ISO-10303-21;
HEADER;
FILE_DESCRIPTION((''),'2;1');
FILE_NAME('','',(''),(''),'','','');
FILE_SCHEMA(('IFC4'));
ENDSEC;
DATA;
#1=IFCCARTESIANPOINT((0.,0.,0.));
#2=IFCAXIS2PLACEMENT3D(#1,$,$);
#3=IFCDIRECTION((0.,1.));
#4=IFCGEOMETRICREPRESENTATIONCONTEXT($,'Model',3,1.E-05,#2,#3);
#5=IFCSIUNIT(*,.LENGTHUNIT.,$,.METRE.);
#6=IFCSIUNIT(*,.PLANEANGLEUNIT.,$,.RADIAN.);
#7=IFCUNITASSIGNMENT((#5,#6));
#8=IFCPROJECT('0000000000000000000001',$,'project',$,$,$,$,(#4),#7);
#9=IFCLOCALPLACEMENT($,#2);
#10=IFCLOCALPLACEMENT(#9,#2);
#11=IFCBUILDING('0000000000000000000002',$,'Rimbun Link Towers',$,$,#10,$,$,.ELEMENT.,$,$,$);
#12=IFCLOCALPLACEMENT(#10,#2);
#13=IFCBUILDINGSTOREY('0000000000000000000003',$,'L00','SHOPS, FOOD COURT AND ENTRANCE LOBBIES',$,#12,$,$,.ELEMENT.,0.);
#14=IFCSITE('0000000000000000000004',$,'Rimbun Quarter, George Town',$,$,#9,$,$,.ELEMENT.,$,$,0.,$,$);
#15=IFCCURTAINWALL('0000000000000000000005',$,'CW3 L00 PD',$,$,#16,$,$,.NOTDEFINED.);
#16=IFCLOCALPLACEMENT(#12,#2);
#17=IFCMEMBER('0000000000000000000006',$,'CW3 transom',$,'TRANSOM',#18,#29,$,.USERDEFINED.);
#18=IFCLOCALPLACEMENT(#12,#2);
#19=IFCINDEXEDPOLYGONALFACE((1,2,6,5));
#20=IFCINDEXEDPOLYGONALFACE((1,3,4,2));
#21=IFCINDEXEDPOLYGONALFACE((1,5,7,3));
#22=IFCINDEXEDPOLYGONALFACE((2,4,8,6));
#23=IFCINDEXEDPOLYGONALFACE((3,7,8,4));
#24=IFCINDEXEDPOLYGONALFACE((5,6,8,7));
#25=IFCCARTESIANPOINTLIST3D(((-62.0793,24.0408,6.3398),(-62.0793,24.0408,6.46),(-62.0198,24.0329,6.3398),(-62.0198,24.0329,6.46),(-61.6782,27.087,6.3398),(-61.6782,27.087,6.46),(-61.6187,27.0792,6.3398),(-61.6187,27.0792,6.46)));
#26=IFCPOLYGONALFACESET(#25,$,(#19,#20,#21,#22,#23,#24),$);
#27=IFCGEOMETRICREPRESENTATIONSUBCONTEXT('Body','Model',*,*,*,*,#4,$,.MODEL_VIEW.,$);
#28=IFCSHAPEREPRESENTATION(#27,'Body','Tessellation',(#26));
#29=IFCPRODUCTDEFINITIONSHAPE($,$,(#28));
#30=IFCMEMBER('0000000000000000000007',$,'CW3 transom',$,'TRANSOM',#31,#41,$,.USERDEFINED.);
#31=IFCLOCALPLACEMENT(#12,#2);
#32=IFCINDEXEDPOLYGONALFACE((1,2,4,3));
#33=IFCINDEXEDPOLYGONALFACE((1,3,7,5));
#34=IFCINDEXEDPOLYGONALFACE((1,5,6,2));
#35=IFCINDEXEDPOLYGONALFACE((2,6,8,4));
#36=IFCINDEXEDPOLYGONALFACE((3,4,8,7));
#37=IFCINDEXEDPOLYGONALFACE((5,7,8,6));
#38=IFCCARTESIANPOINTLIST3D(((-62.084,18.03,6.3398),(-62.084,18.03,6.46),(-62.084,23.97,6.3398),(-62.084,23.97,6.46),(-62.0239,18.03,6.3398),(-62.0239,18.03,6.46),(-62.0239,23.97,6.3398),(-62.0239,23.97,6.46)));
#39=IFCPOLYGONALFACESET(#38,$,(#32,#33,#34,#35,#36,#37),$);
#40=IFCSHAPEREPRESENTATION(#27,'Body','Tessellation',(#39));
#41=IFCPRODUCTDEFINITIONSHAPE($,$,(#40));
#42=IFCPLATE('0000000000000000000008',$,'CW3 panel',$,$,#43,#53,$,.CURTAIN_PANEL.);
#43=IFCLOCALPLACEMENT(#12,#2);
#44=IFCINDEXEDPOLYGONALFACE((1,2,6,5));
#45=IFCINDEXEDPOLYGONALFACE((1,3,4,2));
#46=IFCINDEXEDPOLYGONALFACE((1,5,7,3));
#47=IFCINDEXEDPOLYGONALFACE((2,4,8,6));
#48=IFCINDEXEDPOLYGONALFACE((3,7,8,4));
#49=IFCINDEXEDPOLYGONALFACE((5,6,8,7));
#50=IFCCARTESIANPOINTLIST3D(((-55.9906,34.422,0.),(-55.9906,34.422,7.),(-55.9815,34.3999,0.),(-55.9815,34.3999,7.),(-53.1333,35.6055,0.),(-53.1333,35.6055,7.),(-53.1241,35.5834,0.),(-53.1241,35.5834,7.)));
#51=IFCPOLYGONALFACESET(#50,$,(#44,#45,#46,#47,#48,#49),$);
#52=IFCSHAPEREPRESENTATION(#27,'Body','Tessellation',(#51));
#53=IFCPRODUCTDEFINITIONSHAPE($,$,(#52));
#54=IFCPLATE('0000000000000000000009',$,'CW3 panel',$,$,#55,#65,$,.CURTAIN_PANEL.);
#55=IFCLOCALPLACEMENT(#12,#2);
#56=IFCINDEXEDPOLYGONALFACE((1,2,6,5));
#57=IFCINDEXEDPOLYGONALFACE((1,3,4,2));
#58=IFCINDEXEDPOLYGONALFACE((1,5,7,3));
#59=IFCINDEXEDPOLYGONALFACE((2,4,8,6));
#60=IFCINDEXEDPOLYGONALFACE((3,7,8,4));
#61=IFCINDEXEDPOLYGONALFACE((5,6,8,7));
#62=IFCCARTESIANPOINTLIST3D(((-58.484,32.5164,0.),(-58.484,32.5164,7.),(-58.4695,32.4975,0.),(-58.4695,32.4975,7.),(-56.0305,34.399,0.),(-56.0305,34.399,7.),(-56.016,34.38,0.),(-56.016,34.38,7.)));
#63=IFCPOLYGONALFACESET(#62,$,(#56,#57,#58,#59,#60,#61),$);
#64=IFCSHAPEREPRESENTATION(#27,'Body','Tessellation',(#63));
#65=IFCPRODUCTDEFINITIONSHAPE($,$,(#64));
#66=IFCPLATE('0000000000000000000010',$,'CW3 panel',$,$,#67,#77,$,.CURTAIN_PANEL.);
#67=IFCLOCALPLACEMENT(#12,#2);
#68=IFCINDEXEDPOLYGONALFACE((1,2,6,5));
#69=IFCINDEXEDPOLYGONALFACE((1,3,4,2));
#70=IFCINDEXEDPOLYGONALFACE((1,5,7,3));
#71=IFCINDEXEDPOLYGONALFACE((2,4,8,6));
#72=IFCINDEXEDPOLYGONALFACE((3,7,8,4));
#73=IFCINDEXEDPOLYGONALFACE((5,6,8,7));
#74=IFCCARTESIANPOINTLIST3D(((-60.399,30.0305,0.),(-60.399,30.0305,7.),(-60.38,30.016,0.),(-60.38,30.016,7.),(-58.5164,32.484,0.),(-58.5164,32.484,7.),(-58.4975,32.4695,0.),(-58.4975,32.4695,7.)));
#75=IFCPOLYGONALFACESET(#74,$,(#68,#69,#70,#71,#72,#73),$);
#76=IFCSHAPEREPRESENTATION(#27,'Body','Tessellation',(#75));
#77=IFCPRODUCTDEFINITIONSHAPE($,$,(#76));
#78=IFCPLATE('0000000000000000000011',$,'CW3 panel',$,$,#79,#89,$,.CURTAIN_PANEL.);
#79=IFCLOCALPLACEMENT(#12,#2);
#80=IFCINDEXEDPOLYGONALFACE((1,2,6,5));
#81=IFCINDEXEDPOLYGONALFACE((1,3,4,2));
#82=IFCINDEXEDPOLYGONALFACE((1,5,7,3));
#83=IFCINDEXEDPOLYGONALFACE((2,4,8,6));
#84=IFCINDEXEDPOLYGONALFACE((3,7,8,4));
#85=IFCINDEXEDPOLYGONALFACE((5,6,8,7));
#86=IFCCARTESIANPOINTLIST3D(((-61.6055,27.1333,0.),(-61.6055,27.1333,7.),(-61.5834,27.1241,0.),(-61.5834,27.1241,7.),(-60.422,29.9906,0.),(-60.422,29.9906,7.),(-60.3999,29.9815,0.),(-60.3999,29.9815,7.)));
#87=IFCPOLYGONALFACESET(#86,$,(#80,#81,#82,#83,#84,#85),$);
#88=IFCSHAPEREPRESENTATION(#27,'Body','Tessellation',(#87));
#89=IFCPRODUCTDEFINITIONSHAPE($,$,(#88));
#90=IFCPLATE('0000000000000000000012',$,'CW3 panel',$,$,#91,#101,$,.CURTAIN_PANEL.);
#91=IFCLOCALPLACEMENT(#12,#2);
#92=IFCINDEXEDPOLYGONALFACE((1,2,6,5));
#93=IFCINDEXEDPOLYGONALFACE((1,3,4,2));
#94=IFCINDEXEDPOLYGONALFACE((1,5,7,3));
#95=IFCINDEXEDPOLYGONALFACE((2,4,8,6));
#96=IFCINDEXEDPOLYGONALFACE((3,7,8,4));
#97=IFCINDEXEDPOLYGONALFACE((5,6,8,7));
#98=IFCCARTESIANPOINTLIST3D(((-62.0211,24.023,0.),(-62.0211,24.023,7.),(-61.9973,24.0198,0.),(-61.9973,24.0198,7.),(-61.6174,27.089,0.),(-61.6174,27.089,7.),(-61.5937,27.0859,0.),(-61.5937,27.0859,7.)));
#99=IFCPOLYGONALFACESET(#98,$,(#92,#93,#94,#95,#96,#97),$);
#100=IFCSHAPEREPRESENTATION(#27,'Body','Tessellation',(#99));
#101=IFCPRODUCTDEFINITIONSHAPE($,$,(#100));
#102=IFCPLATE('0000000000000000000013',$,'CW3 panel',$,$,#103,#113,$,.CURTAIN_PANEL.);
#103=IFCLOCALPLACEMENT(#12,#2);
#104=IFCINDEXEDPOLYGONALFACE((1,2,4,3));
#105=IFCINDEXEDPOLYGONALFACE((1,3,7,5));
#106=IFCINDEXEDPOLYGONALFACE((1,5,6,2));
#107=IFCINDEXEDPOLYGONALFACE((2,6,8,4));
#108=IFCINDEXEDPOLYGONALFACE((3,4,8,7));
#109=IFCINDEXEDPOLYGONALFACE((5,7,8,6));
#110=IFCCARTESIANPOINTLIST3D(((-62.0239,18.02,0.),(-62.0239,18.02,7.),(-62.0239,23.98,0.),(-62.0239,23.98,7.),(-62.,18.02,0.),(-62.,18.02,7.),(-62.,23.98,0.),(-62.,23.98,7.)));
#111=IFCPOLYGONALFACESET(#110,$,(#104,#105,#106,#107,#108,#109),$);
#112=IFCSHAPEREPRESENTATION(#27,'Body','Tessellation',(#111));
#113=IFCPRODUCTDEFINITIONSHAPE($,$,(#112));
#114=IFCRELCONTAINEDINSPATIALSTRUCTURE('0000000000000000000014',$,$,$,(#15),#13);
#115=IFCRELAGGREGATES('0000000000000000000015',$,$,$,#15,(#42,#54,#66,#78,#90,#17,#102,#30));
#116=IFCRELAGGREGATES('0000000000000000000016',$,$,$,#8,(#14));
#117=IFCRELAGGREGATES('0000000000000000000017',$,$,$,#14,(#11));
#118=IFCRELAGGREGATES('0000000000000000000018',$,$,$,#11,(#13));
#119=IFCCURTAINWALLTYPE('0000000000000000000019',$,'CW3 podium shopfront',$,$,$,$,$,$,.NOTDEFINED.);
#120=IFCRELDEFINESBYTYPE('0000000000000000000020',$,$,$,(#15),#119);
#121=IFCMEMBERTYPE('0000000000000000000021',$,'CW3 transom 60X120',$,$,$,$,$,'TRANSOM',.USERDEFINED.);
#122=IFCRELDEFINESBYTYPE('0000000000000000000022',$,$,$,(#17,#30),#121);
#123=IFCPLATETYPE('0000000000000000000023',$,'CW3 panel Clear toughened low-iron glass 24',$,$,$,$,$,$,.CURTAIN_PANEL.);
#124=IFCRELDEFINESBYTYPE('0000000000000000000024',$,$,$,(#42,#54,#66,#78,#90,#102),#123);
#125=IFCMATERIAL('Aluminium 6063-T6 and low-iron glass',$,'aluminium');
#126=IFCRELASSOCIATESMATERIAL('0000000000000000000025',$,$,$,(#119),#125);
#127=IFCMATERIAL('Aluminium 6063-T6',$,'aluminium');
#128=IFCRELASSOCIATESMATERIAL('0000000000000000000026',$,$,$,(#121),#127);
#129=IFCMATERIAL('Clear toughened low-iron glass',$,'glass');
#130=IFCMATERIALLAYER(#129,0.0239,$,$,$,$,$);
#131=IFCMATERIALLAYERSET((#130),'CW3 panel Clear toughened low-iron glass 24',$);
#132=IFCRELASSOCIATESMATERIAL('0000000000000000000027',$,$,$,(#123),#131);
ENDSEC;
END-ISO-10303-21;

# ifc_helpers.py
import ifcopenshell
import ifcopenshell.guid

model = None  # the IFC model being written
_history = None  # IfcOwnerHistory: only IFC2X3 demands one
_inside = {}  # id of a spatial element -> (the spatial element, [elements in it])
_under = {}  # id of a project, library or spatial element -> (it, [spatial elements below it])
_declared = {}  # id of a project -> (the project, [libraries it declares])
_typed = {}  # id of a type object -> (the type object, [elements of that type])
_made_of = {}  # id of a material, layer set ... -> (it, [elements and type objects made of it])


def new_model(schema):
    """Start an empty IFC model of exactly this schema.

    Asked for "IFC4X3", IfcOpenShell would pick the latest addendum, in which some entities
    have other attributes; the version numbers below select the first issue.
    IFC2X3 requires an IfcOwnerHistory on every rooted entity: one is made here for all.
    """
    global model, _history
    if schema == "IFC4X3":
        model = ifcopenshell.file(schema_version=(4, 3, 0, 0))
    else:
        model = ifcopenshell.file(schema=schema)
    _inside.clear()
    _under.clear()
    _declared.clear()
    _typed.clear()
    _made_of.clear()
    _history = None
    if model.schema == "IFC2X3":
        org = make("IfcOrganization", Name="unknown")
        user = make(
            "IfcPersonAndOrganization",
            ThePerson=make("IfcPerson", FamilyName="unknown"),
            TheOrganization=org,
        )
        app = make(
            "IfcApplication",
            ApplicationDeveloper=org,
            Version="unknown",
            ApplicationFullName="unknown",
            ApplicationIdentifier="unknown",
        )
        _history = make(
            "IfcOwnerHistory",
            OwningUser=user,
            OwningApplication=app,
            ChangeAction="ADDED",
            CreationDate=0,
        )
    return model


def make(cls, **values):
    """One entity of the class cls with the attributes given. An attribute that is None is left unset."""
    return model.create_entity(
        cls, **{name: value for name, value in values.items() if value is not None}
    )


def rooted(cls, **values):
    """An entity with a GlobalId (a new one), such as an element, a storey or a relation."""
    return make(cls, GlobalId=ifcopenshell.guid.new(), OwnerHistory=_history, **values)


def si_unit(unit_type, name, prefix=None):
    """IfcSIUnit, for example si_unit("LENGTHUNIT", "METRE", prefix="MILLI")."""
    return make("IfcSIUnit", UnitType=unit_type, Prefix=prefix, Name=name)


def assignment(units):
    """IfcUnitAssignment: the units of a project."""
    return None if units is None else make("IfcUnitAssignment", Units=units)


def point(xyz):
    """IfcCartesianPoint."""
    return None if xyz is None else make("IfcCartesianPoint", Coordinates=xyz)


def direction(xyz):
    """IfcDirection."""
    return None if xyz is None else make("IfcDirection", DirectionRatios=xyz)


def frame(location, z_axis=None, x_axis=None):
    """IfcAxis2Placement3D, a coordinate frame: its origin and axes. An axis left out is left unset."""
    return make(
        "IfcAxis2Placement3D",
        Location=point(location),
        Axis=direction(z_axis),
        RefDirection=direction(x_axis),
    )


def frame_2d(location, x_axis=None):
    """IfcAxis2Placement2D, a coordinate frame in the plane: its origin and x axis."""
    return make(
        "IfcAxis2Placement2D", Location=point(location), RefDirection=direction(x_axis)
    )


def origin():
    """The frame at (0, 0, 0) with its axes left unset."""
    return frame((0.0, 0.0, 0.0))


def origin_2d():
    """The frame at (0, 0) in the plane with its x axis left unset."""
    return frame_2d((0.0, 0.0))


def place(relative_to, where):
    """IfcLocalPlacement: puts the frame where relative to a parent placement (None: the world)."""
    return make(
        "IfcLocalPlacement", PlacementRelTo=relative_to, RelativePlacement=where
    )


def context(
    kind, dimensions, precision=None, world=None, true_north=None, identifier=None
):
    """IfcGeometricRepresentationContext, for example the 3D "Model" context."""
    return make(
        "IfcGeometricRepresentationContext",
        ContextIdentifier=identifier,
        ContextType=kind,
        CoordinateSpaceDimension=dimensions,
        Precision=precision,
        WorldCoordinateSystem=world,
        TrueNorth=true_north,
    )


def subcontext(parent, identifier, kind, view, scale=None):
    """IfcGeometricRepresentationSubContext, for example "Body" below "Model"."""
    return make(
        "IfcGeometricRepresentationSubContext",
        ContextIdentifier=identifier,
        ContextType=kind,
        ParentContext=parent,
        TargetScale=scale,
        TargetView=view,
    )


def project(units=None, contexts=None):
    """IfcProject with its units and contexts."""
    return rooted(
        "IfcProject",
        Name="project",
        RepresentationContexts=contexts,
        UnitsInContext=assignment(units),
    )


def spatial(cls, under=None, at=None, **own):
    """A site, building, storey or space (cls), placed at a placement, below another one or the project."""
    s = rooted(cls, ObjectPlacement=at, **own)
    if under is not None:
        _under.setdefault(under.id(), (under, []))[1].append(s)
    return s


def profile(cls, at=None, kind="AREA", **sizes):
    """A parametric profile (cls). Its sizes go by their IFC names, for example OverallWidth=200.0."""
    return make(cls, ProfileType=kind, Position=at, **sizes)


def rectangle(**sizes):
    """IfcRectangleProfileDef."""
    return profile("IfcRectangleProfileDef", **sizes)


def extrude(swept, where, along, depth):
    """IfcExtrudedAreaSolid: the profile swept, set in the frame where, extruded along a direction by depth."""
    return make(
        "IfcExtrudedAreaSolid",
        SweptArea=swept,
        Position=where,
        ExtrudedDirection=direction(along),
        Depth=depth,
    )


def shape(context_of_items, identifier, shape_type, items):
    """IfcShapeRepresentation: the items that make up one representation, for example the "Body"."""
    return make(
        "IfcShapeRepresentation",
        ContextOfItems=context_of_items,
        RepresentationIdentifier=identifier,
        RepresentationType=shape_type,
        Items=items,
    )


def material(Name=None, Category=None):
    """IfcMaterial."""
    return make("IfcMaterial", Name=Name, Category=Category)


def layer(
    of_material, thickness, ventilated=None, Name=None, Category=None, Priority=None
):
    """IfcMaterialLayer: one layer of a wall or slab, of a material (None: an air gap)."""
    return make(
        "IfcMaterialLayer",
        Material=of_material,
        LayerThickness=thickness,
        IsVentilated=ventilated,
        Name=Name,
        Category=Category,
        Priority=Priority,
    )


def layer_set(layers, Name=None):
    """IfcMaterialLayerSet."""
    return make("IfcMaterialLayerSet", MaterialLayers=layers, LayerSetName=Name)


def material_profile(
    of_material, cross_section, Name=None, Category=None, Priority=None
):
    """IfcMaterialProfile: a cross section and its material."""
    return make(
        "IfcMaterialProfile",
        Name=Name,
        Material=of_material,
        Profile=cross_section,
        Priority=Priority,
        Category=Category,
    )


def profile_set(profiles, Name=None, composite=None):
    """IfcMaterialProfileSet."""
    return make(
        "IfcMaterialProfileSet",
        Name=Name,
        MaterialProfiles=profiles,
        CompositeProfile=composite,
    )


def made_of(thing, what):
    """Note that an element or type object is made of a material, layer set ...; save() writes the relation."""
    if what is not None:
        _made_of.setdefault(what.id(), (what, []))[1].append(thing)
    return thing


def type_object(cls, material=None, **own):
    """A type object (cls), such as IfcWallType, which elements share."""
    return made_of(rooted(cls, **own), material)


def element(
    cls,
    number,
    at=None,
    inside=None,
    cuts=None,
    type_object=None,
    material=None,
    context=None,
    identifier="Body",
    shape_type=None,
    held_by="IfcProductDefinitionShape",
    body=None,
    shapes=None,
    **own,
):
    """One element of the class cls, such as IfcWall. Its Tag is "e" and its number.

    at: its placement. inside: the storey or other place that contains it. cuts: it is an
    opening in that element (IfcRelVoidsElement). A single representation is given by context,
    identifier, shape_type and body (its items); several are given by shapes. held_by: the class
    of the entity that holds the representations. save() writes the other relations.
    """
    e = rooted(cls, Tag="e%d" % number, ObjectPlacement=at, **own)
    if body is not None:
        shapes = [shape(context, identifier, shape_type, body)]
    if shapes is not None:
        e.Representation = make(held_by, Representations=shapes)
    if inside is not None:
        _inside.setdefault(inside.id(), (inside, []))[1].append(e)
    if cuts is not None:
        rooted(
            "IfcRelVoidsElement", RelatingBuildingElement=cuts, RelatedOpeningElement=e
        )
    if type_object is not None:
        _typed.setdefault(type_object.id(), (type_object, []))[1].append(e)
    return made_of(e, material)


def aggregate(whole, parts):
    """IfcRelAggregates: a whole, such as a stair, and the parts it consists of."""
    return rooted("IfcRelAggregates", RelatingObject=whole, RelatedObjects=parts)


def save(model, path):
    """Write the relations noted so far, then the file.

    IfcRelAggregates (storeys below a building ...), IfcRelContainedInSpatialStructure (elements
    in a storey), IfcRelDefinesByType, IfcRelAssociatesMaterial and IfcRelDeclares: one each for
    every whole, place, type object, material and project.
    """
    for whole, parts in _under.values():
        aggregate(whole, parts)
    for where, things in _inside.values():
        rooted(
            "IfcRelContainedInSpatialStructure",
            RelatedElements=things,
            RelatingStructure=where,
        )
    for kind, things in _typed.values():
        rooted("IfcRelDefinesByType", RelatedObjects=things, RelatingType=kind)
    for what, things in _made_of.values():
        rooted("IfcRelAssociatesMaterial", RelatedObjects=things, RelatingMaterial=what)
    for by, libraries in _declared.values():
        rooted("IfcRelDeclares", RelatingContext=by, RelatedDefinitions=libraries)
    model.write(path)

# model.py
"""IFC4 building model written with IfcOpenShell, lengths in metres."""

from ifc_helpers import new_model, si_unit, direction, frame, origin, origin_2d, place, context, subcontext, project, spatial, rectangle, extrude, material, layer, layer_set, material_profile, profile_set, type_object, element, aggregate, save


model = new_model("IFC4")

# Units and contexts
model_context = context("Model", 3, precision=1e-05, world=origin(), true_north=direction((0.0, 1.0)))
body_context = subcontext(model_context, "Body", "Model", "MODEL_VIEW")
ifc_project = project(units=[si_unit("LENGTHUNIT", "METRE"), si_unit("PLANEANGLEUNIT", "RADIAN")], contexts=[model_context])

# Site, building, storey
site_placement = place(None, origin())
site = spatial("IfcSite", under=ifc_project, at=site_placement, Name="Rimbun Quarter, George Town", CompositionType="ELEMENT", RefElevation=0.0)
building_placement = place(site_placement, origin())
building = spatial("IfcBuilding", under=site, at=building_placement, Name="Rimbun Link Towers", CompositionType="ELEMENT")
storey_placement = place(building_placement, origin())
storey = spatial("IfcBuildingStorey", under=building, at=storey_placement, Name="L00", Description="SHOPS, FOOD COURT AND ENTRANCE LOBBIES", CompositionType="ELEMENT", Elevation=0.0)

# Curtain wall, members, plates
ifc_material_1 = material(Name="Aluminium 6063-T6 and low-iron glass", Category="aluminium")
curtain_wall_type = type_object("IfcCurtainWallType", Name="CW3 podium shopfront", PredefinedType="NOTDEFINED", material=ifc_material_1)
curtain_wall_placement = place(storey_placement, origin())
curtain_wall = element("IfcCurtainWall", 1, at=curtain_wall_placement, inside=storey, type_object=curtain_wall_type, Name="CW3 L00 PD", PredefinedType="NOTDEFINED")
ifc_material_2 = material(Name="Aluminium 6063-T6", Category="aluminium")
ifc_material_profile_1 = material_profile(ifc_material_2, rectangle(XDim=0.0601, YDim=0.1201, at=origin_2d()), Name="TRANSOM 60X120")
ifc_profile_set_1 = profile_set([ifc_material_profile_1], Name="Aluminium 6063-T6")
member_type_1 = type_object("IfcMemberType", Name="CW3 transom 60X120", ElementType="TRANSOM", PredefinedType="USERDEFINED", material=ifc_profile_set_1)
member_1_placement = place(storey_placement, frame((-62.0496, 24.0369, 6.3999), z_axis=(0.130555, 0.991441, 0.0), x_axis=(-0.991441, 0.130555, 0.0)))
member_1 = element("IfcMember", 2, at=member_1_placement, type_object=member_type_1, Name="CW3 transom", ObjectType="TRANSOM", PredefinedType="USERDEFINED", context=body_context, shape_type="SweptSolid", body=[
    extrude(rectangle(XDim=0.0601, YDim=0.1201, at=origin_2d()), origin(), (0.0, 0.0, 1.0), 3.0725),
])
member_2_placement = place(storey_placement, frame((-62.054, 18.03, 6.3999), z_axis=(0.0, 1.0, 0.0), x_axis=(-1.0, 0.0, 0.0)))
member_2 = element("IfcMember", 3, at=member_2_placement, type_object=member_type_1, Name="CW3 transom", ObjectType="TRANSOM", PredefinedType="USERDEFINED", context=body_context, shape_type="SweptSolid", body=[
    extrude(rectangle(XDim=0.0601, YDim=0.1201, at=origin_2d()), origin(), (0.0, 0.0, 1.0), 5.9399),
])
ifc_material_3 = material(Name="Clear toughened low-iron glass", Category="glass")
ifc_layer = layer(ifc_material_3, 0.0239)
ifc_layer_set = layer_set([ifc_layer], Name="CW3 panel Clear toughened low-iron glass 24")
plate_type = type_object("IfcPlateType", Name="CW3 panel Clear toughened low-iron glass 24", PredefinedType="CURTAIN_PANEL", material=ifc_layer_set)
plate_1_placement = place(storey_placement, frame((-54.5574, 35.0027, 0.0), z_axis=(0.0, 0.0, 1.0), x_axis=(0.923881, 0.382679, 0.0)))
plate_1 = element("IfcPlate", 4, at=plate_1_placement, type_object=plate_type, Name="CW3 panel", PredefinedType="CURTAIN_PANEL", context=body_context, shape_type="SweptSolid", body=[
    extrude(rectangle(XDim=3.0928, YDim=0.0239, at=origin_2d()), origin(), (0.0, 0.0, 1.0), 7.0),
])
plate_2_placement = place(storey_placement, frame((-57.25, 33.4482, 0.0), z_axis=(0.0, 0.0, 1.0), x_axis=(0.793359, 0.608754, 0.0)))
plate_2 = element("IfcPlate", 5, at=plate_2_placement, type_object=plate_type, Name="CW3 panel", PredefinedType="CURTAIN_PANEL", context=body_context, shape_type="SweptSolid", body=[
    extrude(rectangle(XDim=3.0925, YDim=0.0239, at=origin_2d()), origin(), (0.0, 0.0, 1.0), 7.0),
])
plate_3_placement = place(storey_placement, frame((-59.4482, 31.25, 0.0), z_axis=(0.0, 0.0, 1.0), x_axis=(0.608754, 0.793359, 0.0)))
plate_3 = element("IfcPlate", 6, at=plate_3_placement, type_object=plate_type, Name="CW3 panel", PredefinedType="CURTAIN_PANEL", context=body_context, shape_type="SweptSolid", body=[
    extrude(rectangle(XDim=3.0925, YDim=0.0239, at=origin_2d()), origin(), (0.0, 0.0, 1.0), 7.0),
])
plate_4_placement = place(storey_placement, frame((-61.0027, 28.5574, 0.0), z_axis=(0.0, 0.0, 1.0), x_axis=(0.382679, 0.923881, 0.0)))
plate_4 = element("IfcPlate", 7, at=plate_4_placement, type_object=plate_type, Name="CW3 panel", PredefinedType="CURTAIN_PANEL", context=body_context, shape_type="SweptSolid", body=[
    extrude(rectangle(XDim=3.0928, YDim=0.0239, at=origin_2d()), origin(), (0.0, 0.0, 1.0), 7.0),
])
plate_5_placement = place(storey_placement, frame((-61.8074, 25.5544, 0.0), z_axis=(0.0, 0.0, 1.0), x_axis=(0.13053, 0.991444, 0.0)))
plate_5 = element("IfcPlate", 8, at=plate_5_placement, type_object=plate_type, Name="CW3 panel", PredefinedType="CURTAIN_PANEL", context=body_context, shape_type="SweptSolid", body=[
    extrude(rectangle(XDim=3.0925, YDim=0.0239, at=origin_2d()), origin(), (0.0, 0.0, 1.0), 7.0),
])
plate_6_placement = place(storey_placement, frame((-62.012, 21.0, 0.0), z_axis=(0.0, 0.0, 1.0), x_axis=(0.0, 1.0, 0.0)))
plate_6 = element("IfcPlate", 9, at=plate_6_placement, type_object=plate_type, Name="CW3 panel", PredefinedType="CURTAIN_PANEL", context=body_context, shape_type="SweptSolid", body=[
    extrude(rectangle(XDim=5.96, YDim=0.0239, at=origin_2d()), origin(), (0.0, 0.0, 1.0), 7.0),
])
aggregate(curtain_wall, [plate_1, plate_2, plate_3, plate_4, plate_5, member_1, plate_6, member_2])

save(model, "model.ifc")
